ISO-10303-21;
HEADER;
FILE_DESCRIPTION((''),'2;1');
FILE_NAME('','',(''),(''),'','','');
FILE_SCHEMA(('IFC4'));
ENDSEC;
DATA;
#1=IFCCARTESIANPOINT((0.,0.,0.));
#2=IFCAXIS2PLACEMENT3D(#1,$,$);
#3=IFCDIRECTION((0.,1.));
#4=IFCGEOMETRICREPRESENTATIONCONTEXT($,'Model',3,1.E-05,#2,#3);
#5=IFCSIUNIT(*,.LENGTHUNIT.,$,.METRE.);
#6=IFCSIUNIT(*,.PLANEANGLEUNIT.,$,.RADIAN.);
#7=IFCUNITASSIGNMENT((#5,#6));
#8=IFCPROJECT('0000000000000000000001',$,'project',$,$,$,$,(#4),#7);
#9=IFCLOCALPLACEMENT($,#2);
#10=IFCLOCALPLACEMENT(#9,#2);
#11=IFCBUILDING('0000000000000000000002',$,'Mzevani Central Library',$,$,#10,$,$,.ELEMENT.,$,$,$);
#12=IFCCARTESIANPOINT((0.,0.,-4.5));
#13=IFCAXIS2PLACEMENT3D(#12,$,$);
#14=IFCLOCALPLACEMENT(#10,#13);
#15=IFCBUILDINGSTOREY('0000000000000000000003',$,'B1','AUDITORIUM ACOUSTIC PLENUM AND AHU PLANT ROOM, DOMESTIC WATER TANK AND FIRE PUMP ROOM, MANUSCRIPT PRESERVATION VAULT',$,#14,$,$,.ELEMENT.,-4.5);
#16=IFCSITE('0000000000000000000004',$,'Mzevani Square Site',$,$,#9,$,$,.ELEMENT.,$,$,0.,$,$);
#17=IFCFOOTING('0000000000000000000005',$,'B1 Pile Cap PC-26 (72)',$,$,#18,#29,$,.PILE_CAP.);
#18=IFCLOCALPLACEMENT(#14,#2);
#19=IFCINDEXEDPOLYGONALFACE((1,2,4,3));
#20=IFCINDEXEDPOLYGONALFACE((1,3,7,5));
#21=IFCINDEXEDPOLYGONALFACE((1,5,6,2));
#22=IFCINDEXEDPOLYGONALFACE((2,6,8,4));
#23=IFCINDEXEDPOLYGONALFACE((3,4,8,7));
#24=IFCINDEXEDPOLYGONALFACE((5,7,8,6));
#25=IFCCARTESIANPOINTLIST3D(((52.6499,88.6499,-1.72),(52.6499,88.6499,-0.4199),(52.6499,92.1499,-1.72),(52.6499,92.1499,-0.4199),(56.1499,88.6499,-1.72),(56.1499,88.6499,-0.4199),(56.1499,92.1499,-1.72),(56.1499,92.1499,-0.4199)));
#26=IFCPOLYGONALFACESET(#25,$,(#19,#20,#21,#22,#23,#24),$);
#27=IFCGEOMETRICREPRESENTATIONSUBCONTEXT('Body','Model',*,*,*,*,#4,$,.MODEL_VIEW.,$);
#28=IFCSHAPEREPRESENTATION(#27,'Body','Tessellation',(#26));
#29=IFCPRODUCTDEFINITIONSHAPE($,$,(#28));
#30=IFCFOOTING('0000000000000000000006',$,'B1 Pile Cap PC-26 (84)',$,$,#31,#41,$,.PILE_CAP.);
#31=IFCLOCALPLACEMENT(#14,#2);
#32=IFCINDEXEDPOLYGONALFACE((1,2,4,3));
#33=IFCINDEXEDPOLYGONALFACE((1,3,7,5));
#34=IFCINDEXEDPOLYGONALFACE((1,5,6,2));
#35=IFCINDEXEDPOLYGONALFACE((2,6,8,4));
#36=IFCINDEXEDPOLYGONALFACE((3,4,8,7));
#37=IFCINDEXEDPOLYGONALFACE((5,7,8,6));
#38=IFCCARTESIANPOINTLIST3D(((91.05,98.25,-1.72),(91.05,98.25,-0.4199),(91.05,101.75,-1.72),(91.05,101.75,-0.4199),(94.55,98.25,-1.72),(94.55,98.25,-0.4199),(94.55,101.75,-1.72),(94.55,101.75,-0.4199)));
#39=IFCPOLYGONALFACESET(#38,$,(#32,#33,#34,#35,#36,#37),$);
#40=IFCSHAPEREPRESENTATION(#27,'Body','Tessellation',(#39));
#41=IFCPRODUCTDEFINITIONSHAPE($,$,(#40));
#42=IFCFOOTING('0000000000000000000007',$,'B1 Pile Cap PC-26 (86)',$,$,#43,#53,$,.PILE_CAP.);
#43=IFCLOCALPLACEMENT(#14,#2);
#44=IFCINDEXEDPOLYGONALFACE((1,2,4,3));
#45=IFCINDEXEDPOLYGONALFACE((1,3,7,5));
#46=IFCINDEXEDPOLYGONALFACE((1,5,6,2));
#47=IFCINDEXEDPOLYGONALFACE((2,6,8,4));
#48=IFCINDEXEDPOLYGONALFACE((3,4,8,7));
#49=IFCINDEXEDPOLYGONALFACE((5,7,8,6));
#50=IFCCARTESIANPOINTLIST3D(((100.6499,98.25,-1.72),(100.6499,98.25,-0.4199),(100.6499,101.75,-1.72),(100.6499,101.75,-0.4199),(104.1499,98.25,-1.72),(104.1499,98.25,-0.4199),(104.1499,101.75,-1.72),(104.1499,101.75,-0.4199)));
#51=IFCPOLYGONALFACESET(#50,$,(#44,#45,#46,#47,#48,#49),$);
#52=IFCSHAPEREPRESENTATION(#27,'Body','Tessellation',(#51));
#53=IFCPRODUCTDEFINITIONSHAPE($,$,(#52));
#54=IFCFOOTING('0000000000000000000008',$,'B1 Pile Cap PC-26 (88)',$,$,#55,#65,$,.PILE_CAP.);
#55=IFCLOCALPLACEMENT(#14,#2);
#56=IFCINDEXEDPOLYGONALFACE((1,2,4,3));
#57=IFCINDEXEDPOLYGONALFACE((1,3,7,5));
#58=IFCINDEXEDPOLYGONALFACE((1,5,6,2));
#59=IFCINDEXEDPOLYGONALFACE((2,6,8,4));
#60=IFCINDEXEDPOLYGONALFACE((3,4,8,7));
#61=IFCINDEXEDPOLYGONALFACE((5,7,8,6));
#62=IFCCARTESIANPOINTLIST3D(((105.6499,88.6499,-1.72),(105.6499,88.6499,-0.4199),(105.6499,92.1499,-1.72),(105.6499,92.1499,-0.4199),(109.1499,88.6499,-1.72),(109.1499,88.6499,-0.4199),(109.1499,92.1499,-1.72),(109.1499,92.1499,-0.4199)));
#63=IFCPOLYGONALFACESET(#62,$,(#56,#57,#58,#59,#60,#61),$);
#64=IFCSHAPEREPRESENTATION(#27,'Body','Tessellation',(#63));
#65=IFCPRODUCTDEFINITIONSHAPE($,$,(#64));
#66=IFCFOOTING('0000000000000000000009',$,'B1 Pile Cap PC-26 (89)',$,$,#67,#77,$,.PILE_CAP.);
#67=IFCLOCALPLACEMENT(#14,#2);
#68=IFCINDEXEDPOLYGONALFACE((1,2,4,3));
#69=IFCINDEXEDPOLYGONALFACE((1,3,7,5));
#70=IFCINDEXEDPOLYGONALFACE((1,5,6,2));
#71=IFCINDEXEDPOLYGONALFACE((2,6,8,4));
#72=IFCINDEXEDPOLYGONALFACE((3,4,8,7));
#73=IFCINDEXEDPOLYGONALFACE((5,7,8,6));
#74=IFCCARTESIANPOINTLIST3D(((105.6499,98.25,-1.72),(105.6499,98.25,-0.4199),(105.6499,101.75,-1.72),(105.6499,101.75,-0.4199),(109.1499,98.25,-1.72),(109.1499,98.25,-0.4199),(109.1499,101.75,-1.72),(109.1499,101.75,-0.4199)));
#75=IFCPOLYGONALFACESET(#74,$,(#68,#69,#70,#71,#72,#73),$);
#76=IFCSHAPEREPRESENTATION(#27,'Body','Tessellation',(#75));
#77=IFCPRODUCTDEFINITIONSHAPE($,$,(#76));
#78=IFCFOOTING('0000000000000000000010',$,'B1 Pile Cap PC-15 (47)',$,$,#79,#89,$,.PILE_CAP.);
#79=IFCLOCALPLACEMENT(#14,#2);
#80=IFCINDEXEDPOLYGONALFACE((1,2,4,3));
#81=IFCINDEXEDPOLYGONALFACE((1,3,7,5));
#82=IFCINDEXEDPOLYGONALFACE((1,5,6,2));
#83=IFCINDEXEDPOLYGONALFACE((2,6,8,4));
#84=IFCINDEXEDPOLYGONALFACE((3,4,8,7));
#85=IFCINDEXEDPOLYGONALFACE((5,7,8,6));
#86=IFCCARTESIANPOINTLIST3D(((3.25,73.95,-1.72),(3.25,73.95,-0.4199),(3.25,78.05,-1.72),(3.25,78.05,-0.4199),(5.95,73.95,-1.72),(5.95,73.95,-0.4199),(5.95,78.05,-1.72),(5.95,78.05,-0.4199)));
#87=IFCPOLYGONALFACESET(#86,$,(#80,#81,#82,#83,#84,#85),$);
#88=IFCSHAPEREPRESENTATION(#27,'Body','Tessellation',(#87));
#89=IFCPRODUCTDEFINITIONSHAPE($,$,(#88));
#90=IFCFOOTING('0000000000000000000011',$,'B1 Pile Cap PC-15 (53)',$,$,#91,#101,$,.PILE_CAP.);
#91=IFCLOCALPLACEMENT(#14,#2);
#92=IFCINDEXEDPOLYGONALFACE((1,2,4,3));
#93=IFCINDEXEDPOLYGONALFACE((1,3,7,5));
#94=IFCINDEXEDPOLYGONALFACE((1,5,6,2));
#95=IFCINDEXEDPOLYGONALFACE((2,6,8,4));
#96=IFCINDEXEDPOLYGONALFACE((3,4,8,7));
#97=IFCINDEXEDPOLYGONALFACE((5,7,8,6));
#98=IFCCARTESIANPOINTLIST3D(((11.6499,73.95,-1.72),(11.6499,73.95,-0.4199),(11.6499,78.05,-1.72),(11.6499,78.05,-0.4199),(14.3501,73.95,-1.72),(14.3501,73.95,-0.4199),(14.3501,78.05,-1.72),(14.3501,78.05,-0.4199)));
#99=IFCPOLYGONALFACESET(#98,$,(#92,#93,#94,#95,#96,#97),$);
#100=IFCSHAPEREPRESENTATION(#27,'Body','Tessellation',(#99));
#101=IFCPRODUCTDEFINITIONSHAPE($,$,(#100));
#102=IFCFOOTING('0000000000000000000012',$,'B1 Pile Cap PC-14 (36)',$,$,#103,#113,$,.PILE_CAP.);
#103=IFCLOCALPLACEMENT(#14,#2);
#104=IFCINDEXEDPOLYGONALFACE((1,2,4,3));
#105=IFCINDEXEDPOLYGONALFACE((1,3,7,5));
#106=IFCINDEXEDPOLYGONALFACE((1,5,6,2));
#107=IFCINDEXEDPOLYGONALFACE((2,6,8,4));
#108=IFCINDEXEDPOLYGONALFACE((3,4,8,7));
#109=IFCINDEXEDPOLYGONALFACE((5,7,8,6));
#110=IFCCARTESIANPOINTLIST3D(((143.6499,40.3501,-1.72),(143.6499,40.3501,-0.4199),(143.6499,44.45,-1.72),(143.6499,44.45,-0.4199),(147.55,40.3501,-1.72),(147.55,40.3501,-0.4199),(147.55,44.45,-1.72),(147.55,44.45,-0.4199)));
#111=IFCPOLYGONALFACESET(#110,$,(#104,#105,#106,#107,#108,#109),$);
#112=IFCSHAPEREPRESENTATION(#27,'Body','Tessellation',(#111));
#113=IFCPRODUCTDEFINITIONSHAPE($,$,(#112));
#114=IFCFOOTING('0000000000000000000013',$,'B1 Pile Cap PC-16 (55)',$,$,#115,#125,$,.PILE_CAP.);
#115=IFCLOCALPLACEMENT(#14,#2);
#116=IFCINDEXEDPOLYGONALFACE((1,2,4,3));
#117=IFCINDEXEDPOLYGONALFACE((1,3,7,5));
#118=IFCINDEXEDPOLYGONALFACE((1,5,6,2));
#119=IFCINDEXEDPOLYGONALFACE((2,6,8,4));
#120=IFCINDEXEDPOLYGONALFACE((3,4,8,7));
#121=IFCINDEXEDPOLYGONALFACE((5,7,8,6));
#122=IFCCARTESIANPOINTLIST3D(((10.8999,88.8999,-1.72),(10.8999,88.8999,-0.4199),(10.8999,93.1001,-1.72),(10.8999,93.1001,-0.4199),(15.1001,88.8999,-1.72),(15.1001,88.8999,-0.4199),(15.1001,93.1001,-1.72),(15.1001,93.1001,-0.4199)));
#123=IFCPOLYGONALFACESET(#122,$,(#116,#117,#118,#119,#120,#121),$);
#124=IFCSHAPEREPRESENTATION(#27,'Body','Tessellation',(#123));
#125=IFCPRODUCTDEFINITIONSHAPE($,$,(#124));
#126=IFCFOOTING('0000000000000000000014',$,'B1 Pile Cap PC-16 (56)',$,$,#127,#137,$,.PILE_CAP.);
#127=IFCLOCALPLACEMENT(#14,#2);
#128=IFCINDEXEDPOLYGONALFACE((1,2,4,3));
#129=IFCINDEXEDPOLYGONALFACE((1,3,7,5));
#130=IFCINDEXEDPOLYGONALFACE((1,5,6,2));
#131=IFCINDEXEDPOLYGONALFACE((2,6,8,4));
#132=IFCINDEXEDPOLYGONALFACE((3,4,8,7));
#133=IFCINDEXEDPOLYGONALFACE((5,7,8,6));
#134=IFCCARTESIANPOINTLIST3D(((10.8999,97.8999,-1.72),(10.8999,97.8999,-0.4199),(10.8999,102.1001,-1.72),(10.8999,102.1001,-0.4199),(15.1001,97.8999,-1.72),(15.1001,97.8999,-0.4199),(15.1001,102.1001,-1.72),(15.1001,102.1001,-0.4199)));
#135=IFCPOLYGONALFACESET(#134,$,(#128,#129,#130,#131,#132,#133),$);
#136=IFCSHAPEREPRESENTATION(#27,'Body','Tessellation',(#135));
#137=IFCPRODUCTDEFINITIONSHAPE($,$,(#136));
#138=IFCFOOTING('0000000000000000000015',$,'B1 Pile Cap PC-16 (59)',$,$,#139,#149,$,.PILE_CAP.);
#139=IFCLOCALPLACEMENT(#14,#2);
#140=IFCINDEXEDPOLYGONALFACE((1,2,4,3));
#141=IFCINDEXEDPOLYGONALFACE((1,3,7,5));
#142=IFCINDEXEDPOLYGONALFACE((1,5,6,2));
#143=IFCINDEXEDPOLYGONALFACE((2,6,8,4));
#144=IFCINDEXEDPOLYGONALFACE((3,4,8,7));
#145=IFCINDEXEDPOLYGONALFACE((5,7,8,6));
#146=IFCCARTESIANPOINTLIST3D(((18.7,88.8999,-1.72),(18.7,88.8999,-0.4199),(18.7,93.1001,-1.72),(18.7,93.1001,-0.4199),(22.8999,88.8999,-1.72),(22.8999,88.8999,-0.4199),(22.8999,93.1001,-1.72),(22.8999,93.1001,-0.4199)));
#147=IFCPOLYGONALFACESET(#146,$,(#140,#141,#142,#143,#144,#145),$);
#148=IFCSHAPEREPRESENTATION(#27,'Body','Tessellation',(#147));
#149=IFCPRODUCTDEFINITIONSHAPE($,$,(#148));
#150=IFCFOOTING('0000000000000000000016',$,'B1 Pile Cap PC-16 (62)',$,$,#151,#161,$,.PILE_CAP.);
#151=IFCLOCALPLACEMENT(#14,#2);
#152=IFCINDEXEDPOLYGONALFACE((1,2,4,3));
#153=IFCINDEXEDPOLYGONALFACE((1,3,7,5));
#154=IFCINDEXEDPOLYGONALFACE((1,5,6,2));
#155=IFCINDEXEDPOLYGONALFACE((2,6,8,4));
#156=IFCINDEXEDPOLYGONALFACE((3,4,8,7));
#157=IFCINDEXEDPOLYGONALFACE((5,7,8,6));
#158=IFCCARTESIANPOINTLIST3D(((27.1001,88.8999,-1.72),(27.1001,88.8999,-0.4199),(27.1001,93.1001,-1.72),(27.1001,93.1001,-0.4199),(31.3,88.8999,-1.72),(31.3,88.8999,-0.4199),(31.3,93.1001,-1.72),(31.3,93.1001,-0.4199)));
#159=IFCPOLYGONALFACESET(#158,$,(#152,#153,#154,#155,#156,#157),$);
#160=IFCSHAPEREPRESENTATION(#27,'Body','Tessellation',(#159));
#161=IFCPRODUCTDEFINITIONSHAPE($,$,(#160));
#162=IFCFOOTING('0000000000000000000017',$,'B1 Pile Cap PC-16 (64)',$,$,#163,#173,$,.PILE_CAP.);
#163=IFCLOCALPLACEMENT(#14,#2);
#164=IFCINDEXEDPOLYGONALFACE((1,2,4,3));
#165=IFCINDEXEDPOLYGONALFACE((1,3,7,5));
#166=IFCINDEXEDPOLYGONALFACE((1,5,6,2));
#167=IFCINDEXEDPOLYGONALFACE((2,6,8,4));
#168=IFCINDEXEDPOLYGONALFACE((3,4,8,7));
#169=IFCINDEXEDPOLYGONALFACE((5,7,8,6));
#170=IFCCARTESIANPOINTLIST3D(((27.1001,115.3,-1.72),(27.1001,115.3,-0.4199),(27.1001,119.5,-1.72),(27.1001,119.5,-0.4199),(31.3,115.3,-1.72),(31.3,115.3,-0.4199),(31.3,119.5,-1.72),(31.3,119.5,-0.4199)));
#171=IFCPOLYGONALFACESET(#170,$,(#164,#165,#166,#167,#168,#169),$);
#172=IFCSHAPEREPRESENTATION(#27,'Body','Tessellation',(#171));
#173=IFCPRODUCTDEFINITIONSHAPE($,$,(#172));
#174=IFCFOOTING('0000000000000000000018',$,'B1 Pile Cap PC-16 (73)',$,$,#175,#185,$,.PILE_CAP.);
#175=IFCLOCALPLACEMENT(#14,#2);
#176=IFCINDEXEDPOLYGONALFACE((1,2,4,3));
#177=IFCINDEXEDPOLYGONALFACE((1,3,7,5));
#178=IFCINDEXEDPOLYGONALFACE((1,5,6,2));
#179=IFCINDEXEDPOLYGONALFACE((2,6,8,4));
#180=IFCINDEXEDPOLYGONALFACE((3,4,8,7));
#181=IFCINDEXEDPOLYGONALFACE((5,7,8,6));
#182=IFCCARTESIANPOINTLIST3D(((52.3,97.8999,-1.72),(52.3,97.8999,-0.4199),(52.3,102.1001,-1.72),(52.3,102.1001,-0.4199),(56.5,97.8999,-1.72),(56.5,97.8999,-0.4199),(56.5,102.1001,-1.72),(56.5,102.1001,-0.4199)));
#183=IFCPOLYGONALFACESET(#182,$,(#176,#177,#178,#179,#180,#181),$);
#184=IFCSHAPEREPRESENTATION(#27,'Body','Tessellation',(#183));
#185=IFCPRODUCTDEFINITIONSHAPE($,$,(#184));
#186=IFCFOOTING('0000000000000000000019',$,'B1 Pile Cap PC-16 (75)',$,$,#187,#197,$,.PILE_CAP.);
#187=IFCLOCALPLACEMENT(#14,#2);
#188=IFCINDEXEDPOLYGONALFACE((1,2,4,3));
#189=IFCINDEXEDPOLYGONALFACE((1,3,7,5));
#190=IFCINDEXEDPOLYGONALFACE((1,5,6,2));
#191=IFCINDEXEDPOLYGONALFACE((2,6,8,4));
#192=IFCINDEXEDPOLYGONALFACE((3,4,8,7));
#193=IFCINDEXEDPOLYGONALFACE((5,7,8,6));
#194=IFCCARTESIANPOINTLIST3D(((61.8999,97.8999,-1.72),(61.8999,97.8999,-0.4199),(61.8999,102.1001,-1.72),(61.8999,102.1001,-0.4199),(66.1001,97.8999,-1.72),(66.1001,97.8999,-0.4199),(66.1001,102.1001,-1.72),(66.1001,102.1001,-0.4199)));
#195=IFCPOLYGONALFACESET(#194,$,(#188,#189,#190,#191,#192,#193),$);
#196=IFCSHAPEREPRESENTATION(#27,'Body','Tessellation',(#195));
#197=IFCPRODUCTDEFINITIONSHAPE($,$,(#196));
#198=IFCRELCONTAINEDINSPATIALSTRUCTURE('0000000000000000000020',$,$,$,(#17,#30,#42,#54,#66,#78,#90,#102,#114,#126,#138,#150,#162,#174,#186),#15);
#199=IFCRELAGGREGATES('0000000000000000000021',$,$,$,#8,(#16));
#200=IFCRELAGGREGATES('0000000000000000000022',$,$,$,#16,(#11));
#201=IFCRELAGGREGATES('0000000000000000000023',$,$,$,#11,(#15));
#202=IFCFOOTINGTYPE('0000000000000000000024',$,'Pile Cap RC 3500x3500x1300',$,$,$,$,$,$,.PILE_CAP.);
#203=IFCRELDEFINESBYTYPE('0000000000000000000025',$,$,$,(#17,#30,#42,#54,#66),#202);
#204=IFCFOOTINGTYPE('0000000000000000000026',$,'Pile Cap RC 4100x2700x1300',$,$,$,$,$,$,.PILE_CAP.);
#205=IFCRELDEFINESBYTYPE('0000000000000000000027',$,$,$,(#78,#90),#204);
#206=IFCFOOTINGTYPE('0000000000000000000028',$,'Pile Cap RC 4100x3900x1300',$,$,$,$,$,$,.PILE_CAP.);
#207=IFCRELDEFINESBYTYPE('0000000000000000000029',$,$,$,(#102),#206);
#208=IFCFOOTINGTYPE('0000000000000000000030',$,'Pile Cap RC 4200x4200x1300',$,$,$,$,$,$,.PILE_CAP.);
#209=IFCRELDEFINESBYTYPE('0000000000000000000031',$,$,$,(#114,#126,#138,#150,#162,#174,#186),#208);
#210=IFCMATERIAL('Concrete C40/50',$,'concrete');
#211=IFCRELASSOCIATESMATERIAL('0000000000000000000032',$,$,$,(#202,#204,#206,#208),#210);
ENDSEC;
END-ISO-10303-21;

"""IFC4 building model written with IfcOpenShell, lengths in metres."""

from ifc_helpers import new_model, si_unit, direction, frame, origin, place, context, subcontext, project, spatial, polyline, outline, extrude, material, type_object, element, save


model = new_model("IFC4")

# Units and contexts
model_context = context("Model", 3, precision=1e-05, world=origin(), true_north=direction((0.0, 1.0)))
body_context = subcontext(model_context, "Body", "Model", "MODEL_VIEW")
ifc_project = project(units=[si_unit("LENGTHUNIT", "METRE"), si_unit("PLANEANGLEUNIT", "RADIAN")], contexts=[model_context])

# Site, building, storey
site_placement = place(None, origin())
site = spatial("IfcSite", under=ifc_project, at=site_placement, Name="Mzevani Square Site", CompositionType="ELEMENT", RefElevation=0.0)
building_placement = place(site_placement, origin())
building = spatial("IfcBuilding", under=site, at=building_placement, Name="Mzevani Central Library", CompositionType="ELEMENT")
storey_placement = place(building_placement, frame((0.0, 0.0, -4.5)))
storey = spatial("IfcBuildingStorey", under=building, at=storey_placement, Name="B1", Description="AUDITORIUM ACOUSTIC PLENUM AND AHU PLANT ROOM, DOMESTIC WATER TANK AND FIRE PUMP ROOM, MANUSCRIPT PRESERVATION VAULT", CompositionType="ELEMENT", Elevation=-4.5)

# Footings
ifc_material = material(Name="Concrete C40/50", Category="concrete")
footing_type_1 = type_object("IfcFootingType", Name="Pile Cap RC 3500x3500x1300", PredefinedType="PILE_CAP", material=ifc_material)
footing_1_placement = place(storey_placement, frame((0.0, 0.0, -1.72)))
element("IfcFooting", 1, at=footing_1_placement, inside=storey, type_object=footing_type_1, Name="B1 Pile Cap PC-26 (72)", PredefinedType="PILE_CAP", context=body_context, shape_type="SweptSolid", body=[
    extrude(outline(polyline([(52.6499, 88.6499), (56.1499, 88.6499), (56.1499, 92.1499), (52.6499, 92.1499), (52.6499, 88.6499)])), origin(), (0.0, 0.0, 1.0), 1.3),
])
footing_2_placement = place(storey_placement, frame((0.0, 0.0, -1.72)))
element("IfcFooting", 2, at=footing_2_placement, inside=storey, type_object=footing_type_1, Name="B1 Pile Cap PC-26 (84)", PredefinedType="PILE_CAP", context=body_context, shape_type="SweptSolid", body=[
    extrude(outline(polyline([(91.05, 98.25), (94.55, 98.25), (94.55, 101.75), (91.05, 101.75), (91.05, 98.25)])), origin(), (0.0, 0.0, 1.0), 1.3),
])
footing_3_placement = place(storey_placement, frame((0.0, 0.0, -1.72)))
element("IfcFooting", 3, at=footing_3_placement, inside=storey, type_object=footing_type_1, Name="B1 Pile Cap PC-26 (86)", PredefinedType="PILE_CAP", context=body_context, shape_type="SweptSolid", body=[
    extrude(outline(polyline([(100.6499, 98.25), (104.1499, 98.25), (104.1499, 101.75), (100.6499, 101.75), (100.6499, 98.25)])), origin(), (0.0, 0.0, 1.0), 1.3),
])
footing_4_placement = place(storey_placement, frame((0.0, 0.0, -1.72)))
element("IfcFooting", 4, at=footing_4_placement, inside=storey, type_object=footing_type_1, Name="B1 Pile Cap PC-26 (88)", PredefinedType="PILE_CAP", context=body_context, shape_type="SweptSolid", body=[
    extrude(outline(polyline([(105.6499, 88.6499), (109.1499, 88.6499), (109.1499, 92.1499), (105.6499, 92.1499), (105.6499, 88.6499)])), origin(), (0.0, 0.0, 1.0), 1.3),
])
footing_5_placement = place(storey_placement, frame((0.0, 0.0, -1.72)))
element("IfcFooting", 5, at=footing_5_placement, inside=storey, type_object=footing_type_1, Name="B1 Pile Cap PC-26 (89)", PredefinedType="PILE_CAP", context=body_context, shape_type="SweptSolid", body=[
    extrude(outline(polyline([(105.6499, 98.25), (109.1499, 98.25), (109.1499, 101.75), (105.6499, 101.75), (105.6499, 98.25)])), origin(), (0.0, 0.0, 1.0), 1.3),
])
footing_type_2 = type_object("IfcFootingType", Name="Pile Cap RC 4100x2700x1300", PredefinedType="PILE_CAP", material=ifc_material)
footing_6_placement = place(storey_placement, frame((0.0, 0.0, -1.72)))
element("IfcFooting", 6, at=footing_6_placement, inside=storey, type_object=footing_type_2, Name="B1 Pile Cap PC-15 (47)", PredefinedType="PILE_CAP", context=body_context, shape_type="SweptSolid", body=[
    extrude(outline(polyline([(3.25, 73.95), (5.95, 73.95), (5.95, 78.05), (3.25, 78.05), (3.25, 73.95)])), origin(), (0.0, 0.0, 1.0), 1.3),
])
footing_7_placement = place(storey_placement, frame((0.0, 0.0, -1.72)))
element("IfcFooting", 7, at=footing_7_placement, inside=storey, type_object=footing_type_2, Name="B1 Pile Cap PC-15 (53)", PredefinedType="PILE_CAP", context=body_context, shape_type="SweptSolid", body=[
    extrude(outline(polyline([(11.6499, 73.95), (14.3501, 73.95), (14.3501, 78.05), (11.6499, 78.05), (11.6499, 73.95)])), origin(), (0.0, 0.0, 1.0), 1.3),
])
footing_type_3 = type_object("IfcFootingType", Name="Pile Cap RC 4100x3900x1300", PredefinedType="PILE_CAP", material=ifc_material)
footing_8_placement = place(storey_placement, frame((0.0, 0.0, -1.72)))
element("IfcFooting", 8, at=footing_8_placement, inside=storey, type_object=footing_type_3, Name="B1 Pile Cap PC-14 (36)", PredefinedType="PILE_CAP", context=body_context, shape_type="SweptSolid", body=[
    extrude(outline(polyline([(143.6499, 40.3501), (147.55, 40.3501), (147.55, 44.45), (143.6499, 44.45), (143.6499, 40.3501)])), origin(), (0.0, 0.0, 1.0), 1.3),
])
footing_type_4 = type_object("IfcFootingType", Name="Pile Cap RC 4200x4200x1300", PredefinedType="PILE_CAP", material=ifc_material)
footing_9_placement = place(storey_placement, frame((0.0, 0.0, -1.72)))
element("IfcFooting", 9, at=footing_9_placement, inside=storey, type_object=footing_type_4, Name="B1 Pile Cap PC-16 (55)", PredefinedType="PILE_CAP", context=body_context, shape_type="SweptSolid", body=[
    extrude(outline(polyline([(10.8999, 88.8999), (15.1001, 88.8999), (15.1001, 93.1001), (10.8999, 93.1001), (10.8999, 88.8999)])), origin(), (0.0, 0.0, 1.0), 1.3),
])
footing_10_placement = place(storey_placement, frame((0.0, 0.0, -1.72)))
element("IfcFooting", 10, at=footing_10_placement, inside=storey, type_object=footing_type_4, Name="B1 Pile Cap PC-16 (56)", PredefinedType="PILE_CAP", context=body_context, shape_type="SweptSolid", body=[
    extrude(outline(polyline([(10.8999, 97.8999), (15.1001, 97.8999), (15.1001, 102.1001), (10.8999, 102.1001), (10.8999, 97.8999)])), origin(), (0.0, 0.0, 1.0), 1.3),
])
footing_11_placement = place(storey_placement, frame((0.0, 0.0, -1.72)))
element("IfcFooting", 11, at=footing_11_placement, inside=storey, type_object=footing_type_4, Name="B1 Pile Cap PC-16 (59)", PredefinedType="PILE_CAP", context=body_context, shape_type="SweptSolid", body=[
    extrude(outline(polyline([(18.7, 88.8999), (22.8999, 88.8999), (22.8999, 93.1001), (18.7, 93.1001), (18.7, 88.8999)])), origin(), (0.0, 0.0, 1.0), 1.3),
])
footing_12_placement = place(storey_placement, frame((0.0, 0.0, -1.72)))
element("IfcFooting", 12, at=footing_12_placement, inside=storey, type_object=footing_type_4, Name="B1 Pile Cap PC-16 (62)", PredefinedType="PILE_CAP", context=body_context, shape_type="SweptSolid", body=[
    extrude(outline(polyline([(27.1001, 88.8999), (31.3, 88.8999), (31.3, 93.1001), (27.1001, 93.1001), (27.1001, 88.8999)])), origin(), (0.0, 0.0, 1.0), 1.3),
])
footing_13_placement = place(storey_placement, frame((0.0, 0.0, -1.72)))
element("IfcFooting", 13, at=footing_13_placement, inside=storey, type_object=footing_type_4, Name="B1 Pile Cap PC-16 (64)", PredefinedType="PILE_CAP", context=body_context, shape_type="SweptSolid", body=[
    extrude(outline(polyline([(27.1001, 115.3), (31.3, 115.3), (31.3, 119.5), (27.1001, 119.5), (27.1001, 115.3)])), origin(), (0.0, 0.0, 1.0), 1.3),
])
footing_14_placement = place(storey_placement, frame((0.0, 0.0, -1.72)))
element("IfcFooting", 14, at=footing_14_placement, inside=storey, type_object=footing_type_4, Name="B1 Pile Cap PC-16 (73)", PredefinedType="PILE_CAP", context=body_context, shape_type="SweptSolid", body=[
    extrude(outline(polyline([(52.3, 97.8999), (56.5, 97.8999), (56.5, 102.1001), (52.3, 102.1001), (52.3, 97.8999)])), origin(), (0.0, 0.0, 1.0), 1.3),
])
footing_15_placement = place(storey_placement, frame((0.0, 0.0, -1.72)))
element("IfcFooting", 15, at=footing_15_placement, inside=storey, type_object=footing_type_4, Name="B1 Pile Cap PC-16 (75)", PredefinedType="PILE_CAP", context=body_context, shape_type="SweptSolid", body=[
    extrude(outline(polyline([(61.8999, 97.8999), (66.1001, 97.8999), (66.1001, 102.1001), (61.8999, 102.1001), (61.8999, 97.8999)])), origin(), (0.0, 0.0, 1.0), 1.3),
])

save(model, "model.ifc")
